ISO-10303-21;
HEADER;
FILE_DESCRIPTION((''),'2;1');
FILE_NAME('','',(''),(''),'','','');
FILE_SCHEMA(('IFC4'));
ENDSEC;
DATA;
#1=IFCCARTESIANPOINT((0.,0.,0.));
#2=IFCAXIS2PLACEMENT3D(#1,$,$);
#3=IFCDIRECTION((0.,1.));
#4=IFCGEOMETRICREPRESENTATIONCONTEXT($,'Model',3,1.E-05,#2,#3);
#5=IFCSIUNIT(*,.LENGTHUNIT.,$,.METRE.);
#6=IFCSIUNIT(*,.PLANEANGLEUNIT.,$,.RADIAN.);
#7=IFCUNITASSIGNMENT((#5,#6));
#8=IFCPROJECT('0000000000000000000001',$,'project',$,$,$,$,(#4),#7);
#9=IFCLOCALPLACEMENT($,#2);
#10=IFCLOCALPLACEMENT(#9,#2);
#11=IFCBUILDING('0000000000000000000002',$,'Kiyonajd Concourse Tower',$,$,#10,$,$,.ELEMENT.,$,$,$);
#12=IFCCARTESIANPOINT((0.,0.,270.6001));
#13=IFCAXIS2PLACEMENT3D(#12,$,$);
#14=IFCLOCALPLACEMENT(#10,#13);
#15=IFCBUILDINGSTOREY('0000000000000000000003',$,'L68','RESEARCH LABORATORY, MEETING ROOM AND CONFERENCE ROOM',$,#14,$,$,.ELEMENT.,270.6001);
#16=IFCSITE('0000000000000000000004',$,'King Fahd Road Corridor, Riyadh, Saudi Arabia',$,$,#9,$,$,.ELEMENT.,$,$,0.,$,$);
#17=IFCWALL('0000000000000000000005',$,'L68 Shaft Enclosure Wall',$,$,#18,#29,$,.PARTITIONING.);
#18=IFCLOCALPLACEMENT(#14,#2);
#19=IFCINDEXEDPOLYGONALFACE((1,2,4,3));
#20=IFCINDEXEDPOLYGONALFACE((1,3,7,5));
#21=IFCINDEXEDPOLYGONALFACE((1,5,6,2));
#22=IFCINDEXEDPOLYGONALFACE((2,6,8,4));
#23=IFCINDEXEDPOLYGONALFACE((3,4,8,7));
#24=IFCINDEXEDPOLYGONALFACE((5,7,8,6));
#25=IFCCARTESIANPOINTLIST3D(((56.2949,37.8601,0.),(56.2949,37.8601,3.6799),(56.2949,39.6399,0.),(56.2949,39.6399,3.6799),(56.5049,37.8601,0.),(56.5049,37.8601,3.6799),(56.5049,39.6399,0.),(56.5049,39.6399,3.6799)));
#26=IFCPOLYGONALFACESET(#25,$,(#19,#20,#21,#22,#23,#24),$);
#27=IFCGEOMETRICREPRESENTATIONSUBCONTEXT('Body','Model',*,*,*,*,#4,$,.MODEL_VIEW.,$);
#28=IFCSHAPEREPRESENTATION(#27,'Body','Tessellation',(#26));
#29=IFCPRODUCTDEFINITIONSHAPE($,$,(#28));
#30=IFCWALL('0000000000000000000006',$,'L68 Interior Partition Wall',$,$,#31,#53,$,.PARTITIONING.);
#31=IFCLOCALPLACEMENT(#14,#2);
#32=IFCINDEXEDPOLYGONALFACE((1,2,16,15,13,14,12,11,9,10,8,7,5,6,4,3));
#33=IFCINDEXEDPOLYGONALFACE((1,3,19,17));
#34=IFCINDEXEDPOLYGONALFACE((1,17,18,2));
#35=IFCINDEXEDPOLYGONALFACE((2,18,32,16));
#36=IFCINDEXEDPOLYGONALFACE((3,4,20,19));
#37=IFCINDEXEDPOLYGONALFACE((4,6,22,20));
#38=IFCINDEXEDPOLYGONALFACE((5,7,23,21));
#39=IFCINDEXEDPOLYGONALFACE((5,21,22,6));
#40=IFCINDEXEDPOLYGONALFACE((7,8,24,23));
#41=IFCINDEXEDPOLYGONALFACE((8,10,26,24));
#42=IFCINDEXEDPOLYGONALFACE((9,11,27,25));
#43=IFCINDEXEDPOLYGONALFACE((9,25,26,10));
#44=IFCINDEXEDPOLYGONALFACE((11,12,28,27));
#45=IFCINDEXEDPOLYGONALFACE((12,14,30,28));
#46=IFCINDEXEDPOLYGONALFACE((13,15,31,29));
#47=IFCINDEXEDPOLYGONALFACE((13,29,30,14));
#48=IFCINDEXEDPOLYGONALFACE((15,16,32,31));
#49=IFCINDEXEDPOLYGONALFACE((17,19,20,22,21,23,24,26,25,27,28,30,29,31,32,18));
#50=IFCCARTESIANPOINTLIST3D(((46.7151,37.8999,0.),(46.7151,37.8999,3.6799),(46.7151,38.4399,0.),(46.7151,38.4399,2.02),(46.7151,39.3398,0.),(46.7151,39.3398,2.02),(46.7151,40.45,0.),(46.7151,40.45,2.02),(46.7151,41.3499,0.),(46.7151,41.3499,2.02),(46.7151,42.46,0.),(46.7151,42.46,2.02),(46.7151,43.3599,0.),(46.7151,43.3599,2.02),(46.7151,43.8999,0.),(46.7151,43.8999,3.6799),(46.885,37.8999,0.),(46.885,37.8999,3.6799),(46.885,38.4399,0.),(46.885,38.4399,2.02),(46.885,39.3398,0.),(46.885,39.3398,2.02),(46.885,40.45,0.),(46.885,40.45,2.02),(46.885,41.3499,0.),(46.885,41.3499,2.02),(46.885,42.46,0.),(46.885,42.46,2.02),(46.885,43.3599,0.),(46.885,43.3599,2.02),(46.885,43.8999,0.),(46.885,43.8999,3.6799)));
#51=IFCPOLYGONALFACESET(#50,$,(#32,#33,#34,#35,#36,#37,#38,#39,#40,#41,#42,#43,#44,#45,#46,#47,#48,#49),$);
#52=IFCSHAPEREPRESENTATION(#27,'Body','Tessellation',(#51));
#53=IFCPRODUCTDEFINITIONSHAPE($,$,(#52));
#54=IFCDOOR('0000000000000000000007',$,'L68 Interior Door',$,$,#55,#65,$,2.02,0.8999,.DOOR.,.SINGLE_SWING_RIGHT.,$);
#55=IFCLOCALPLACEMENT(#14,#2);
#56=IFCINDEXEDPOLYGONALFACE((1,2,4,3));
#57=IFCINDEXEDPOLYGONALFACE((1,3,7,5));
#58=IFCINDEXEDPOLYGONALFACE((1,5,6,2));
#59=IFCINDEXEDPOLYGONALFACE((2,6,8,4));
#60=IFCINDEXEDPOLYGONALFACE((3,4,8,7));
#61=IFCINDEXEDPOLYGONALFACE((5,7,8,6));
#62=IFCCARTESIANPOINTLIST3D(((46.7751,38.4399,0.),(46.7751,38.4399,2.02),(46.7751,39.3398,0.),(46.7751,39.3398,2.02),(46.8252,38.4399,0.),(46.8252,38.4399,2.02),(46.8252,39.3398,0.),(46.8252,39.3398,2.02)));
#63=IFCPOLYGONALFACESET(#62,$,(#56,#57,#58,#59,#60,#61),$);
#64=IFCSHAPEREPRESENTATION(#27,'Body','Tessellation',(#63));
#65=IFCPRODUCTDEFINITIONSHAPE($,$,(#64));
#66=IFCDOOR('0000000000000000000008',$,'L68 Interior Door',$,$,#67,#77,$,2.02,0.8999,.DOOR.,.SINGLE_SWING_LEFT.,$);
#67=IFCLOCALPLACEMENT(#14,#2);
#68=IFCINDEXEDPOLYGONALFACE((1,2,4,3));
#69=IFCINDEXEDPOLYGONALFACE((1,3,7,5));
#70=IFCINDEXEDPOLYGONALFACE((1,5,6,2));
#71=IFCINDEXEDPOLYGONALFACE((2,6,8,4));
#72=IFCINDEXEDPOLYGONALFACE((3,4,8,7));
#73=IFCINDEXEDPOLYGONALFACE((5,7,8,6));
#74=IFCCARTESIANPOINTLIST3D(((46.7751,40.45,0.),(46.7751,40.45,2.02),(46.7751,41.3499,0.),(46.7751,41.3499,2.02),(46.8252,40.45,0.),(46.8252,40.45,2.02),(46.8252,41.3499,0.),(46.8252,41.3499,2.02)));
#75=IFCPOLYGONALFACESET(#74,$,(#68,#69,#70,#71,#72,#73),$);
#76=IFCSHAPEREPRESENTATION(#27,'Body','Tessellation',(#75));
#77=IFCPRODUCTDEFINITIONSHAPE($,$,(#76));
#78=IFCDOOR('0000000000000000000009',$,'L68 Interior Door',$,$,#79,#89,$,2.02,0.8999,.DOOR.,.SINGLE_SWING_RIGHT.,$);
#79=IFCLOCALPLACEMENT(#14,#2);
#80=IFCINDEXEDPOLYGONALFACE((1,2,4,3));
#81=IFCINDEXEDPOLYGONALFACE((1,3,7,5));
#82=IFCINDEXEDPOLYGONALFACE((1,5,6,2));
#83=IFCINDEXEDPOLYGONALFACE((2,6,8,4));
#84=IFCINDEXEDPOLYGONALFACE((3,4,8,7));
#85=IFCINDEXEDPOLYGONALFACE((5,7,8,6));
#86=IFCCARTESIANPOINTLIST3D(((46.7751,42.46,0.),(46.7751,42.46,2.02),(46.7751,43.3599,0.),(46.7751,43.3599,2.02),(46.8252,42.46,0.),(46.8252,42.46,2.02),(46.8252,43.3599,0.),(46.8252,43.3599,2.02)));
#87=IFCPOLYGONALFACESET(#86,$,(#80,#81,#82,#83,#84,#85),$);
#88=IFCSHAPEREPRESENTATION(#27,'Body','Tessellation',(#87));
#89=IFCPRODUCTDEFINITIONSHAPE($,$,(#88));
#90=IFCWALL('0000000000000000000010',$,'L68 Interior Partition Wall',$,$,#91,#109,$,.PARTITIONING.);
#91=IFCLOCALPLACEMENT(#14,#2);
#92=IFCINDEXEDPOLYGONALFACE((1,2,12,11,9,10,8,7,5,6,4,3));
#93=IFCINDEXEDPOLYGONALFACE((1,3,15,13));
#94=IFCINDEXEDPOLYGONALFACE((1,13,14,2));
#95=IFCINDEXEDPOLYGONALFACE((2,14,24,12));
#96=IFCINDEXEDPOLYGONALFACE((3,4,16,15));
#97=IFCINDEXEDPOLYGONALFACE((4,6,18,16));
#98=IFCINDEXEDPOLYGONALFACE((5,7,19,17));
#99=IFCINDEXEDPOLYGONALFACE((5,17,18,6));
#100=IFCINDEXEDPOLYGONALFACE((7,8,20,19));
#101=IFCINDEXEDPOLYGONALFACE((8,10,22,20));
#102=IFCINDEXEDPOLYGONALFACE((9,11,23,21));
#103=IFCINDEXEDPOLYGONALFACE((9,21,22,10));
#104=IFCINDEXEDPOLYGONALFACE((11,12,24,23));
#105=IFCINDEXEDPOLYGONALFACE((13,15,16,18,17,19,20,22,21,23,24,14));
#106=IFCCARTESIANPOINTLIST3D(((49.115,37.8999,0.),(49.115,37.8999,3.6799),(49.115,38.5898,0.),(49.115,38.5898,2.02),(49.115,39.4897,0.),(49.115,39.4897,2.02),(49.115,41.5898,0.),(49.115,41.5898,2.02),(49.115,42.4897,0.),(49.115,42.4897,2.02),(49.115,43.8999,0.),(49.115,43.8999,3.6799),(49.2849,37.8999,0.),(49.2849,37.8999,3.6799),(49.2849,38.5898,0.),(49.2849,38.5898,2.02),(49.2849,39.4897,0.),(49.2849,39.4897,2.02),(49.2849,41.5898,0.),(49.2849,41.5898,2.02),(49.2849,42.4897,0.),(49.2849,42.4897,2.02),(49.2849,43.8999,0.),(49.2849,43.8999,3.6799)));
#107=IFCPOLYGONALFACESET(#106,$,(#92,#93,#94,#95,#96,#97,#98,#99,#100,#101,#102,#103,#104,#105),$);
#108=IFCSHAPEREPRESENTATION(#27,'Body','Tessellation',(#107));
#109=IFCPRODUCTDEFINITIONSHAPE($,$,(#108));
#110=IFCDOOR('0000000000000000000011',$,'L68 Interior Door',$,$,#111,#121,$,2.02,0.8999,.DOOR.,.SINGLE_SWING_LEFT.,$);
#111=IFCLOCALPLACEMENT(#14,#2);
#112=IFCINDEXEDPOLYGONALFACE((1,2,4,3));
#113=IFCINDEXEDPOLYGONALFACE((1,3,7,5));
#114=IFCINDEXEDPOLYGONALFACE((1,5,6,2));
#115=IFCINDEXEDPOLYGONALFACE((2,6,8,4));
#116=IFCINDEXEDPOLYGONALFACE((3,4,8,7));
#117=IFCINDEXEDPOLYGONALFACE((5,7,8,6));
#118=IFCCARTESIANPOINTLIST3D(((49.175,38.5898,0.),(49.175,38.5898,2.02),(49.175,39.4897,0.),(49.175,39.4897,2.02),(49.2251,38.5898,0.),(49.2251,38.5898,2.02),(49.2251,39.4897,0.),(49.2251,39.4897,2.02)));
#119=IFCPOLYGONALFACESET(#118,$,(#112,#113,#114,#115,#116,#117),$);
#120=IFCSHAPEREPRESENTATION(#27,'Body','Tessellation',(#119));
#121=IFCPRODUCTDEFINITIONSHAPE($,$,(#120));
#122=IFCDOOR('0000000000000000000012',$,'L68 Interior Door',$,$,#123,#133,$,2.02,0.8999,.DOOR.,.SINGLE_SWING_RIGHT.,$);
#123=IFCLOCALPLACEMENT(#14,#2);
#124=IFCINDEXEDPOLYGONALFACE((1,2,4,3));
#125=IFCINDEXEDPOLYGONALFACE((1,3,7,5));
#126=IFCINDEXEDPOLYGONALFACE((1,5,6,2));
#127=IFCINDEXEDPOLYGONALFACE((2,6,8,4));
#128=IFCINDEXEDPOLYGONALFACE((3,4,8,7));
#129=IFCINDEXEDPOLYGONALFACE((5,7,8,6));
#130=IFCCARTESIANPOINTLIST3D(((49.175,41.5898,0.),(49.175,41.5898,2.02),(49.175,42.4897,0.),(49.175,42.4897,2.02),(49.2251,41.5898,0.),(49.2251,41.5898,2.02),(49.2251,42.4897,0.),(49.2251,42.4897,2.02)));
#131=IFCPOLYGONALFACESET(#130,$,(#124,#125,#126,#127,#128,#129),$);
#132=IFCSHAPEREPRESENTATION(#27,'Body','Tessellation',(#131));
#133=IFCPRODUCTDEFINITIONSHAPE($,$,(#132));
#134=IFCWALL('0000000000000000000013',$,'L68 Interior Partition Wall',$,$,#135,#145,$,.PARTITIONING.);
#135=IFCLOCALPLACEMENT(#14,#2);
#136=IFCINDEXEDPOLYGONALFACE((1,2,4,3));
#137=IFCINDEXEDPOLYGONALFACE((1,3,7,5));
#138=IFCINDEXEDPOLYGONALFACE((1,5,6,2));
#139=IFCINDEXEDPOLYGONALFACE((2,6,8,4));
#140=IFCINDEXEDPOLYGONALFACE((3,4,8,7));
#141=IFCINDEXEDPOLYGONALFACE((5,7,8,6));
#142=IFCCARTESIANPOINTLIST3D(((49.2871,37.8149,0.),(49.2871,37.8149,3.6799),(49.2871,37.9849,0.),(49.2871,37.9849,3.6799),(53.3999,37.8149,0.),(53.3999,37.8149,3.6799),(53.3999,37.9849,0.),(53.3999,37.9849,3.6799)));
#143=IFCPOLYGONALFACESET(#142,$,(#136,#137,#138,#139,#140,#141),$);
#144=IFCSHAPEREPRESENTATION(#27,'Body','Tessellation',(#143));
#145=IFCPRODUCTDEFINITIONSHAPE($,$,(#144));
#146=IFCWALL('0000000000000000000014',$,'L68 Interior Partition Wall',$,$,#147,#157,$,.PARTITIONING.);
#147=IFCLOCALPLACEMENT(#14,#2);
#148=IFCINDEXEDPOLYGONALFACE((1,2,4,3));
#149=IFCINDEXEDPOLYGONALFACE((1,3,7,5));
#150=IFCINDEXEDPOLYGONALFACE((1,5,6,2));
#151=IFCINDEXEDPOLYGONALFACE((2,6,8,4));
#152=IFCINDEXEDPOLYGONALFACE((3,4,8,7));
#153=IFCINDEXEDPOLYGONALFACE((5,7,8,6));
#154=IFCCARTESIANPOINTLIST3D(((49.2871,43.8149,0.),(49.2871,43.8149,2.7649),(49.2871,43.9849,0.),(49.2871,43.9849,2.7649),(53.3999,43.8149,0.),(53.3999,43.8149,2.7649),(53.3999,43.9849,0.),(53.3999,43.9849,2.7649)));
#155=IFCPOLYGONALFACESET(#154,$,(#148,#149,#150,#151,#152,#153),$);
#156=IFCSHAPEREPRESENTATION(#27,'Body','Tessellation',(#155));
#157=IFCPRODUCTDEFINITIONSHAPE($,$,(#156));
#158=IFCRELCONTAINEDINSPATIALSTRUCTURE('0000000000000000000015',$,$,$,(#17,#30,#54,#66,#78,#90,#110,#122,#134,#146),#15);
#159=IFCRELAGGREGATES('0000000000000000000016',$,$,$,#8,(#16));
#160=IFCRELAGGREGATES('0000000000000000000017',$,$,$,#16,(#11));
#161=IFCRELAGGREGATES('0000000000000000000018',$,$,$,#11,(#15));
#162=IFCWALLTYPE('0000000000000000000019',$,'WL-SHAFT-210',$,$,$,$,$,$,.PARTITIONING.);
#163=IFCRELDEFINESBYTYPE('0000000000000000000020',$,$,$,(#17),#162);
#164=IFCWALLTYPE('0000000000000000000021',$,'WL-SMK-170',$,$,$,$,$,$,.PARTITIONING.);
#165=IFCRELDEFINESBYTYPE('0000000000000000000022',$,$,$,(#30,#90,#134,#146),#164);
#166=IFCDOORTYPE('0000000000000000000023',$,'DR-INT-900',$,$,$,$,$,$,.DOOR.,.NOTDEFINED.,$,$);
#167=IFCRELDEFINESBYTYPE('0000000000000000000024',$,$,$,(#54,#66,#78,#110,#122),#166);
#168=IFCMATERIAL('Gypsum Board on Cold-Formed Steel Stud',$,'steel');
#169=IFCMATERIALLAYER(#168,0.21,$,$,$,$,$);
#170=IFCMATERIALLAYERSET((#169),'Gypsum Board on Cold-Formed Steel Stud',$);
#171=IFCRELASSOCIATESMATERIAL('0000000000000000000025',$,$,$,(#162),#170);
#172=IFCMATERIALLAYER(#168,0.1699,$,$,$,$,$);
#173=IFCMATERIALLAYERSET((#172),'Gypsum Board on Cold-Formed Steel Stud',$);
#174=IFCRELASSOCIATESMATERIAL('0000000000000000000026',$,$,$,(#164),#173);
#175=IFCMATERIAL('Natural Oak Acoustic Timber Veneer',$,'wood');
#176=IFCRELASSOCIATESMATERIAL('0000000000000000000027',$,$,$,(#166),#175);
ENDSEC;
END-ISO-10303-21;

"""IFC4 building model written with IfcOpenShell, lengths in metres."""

from ifc_helpers import new_model, si_unit, direction, frame, frame_2d, origin, place, context, subcontext, project, spatial, rectangle, extrude, material, layer, layer_set, type_object, element, fill, save


model = new_model("IFC4")

# Units and contexts
model_context = context("Model", 3, precision=1e-05, world=origin(), true_north=direction((0.0, 1.0)))
body_context = subcontext(model_context, "Body", "Model", "MODEL_VIEW")
ifc_project = project(units=[si_unit("LENGTHUNIT", "METRE"), si_unit("PLANEANGLEUNIT", "RADIAN")], contexts=[model_context])

# Site, building, storey
site_placement = place(None, origin())
site = spatial("IfcSite", under=ifc_project, at=site_placement, Name="King Fahd Road Corridor, Riyadh, Saudi Arabia", CompositionType="ELEMENT", RefElevation=0.0)
building_placement = place(site_placement, origin())
building = spatial("IfcBuilding", under=site, at=building_placement, Name="Kiyonajd Concourse Tower", CompositionType="ELEMENT")
storey_placement = place(building_placement, frame((0.0, 0.0, 270.6001)))
storey = spatial("IfcBuildingStorey", under=building, at=storey_placement, Name="L68", Description="RESEARCH LABORATORY, MEETING ROOM AND CONFERENCE ROOM", CompositionType="ELEMENT", Elevation=270.6001)

# Wall
ifc_material_1 = material(Name="Gypsum Board on Cold-Formed Steel Stud", Category="steel")
ifc_layer_1 = layer(ifc_material_1, 0.21)
ifc_layer_set_1 = layer_set([ifc_layer_1], Name="Gypsum Board on Cold-Formed Steel Stud")
wall_type_1 = type_object("IfcWallType", Name="WL-SHAFT-210", PredefinedType="PARTITIONING", material=ifc_layer_set_1)
wall_1_placement = place(storey_placement, frame((56.3999, 37.8601, 0.0), z_axis=(0.0, 0.0, 1.0), x_axis=(0.0, 1.0, 0.0)))
element("IfcWall", 1, at=wall_1_placement, inside=storey, type_object=wall_type_1, Name="L68 Shaft Enclosure Wall", PredefinedType="PARTITIONING", context=body_context, shape_type="SweptSolid", body=[
    extrude(rectangle(XDim=1.7798, YDim=0.21, at=frame_2d((0.8899, 0.0))), origin(), (0.0, 0.0, 1.0), 3.6799),
])

# Walls, openings, doors
ifc_layer_2 = layer(ifc_material_1, 0.1699)
ifc_layer_set_2 = layer_set([ifc_layer_2], Name="Gypsum Board on Cold-Formed Steel Stud")
wall_type_2 = type_object("IfcWallType", Name="WL-SMK-170", PredefinedType="PARTITIONING", material=ifc_layer_set_2)
wall_2_placement = place(storey_placement, frame((46.8, 37.8999, 0.0), z_axis=(0.0, 0.0, 1.0), x_axis=(0.0, 1.0, 0.0)))
wall_2 = element("IfcWall", 2, at=wall_2_placement, inside=storey, type_object=wall_type_2, Name="L68 Interior Partition Wall", PredefinedType="PARTITIONING", context=body_context, shape_type="SweptSolid", body=[
    extrude(rectangle(XDim=6.0, YDim=0.1699, at=frame_2d((3.0, 0.0))), origin(), (0.0, 0.0, 1.0), 3.6799),
])
opening_1_placement = place(wall_2_placement, frame((0.54, 0.0, 0.0)))
opening_1 = element("IfcOpeningElement", 3, at=opening_1_placement, cuts=wall_2, PredefinedType="OPENING", context=body_context, shape_type="SweptSolid", body=[
    extrude(rectangle(XDim=0.8999, YDim=2.02, at=frame_2d((0.45, 1.01))), frame((0.0, 0.095, 0.0), z_axis=(0.0, -1.0, 0.0), x_axis=(1.0, 0.0, 0.0)), (0.0, 0.0, 1.0), 0.1899),
])
opening_2_placement = place(wall_2_placement, frame((2.55, 0.0, 0.0)))
opening_2 = element("IfcOpeningElement", 4, at=opening_2_placement, cuts=wall_2, PredefinedType="OPENING", context=body_context, shape_type="SweptSolid", body=[
    extrude(rectangle(XDim=0.8999, YDim=2.02, at=frame_2d((0.45, 1.01))), frame((0.0, 0.095, 0.0), z_axis=(0.0, -1.0, 0.0), x_axis=(1.0, 0.0, 0.0)), (0.0, 0.0, 1.0), 0.1899),
])
opening_3_placement = place(wall_2_placement, frame((4.5601, 0.0, 0.0)))
opening_3 = element("IfcOpeningElement", 5, at=opening_3_placement, cuts=wall_2, PredefinedType="OPENING", context=body_context, shape_type="SweptSolid", body=[
    extrude(rectangle(XDim=0.8999, YDim=2.02, at=frame_2d((0.45, 1.01))), frame((0.0, 0.095, 0.0), z_axis=(0.0, -1.0, 0.0), x_axis=(1.0, 0.0, 0.0)), (0.0, 0.0, 1.0), 0.1899),
])
ifc_material_2 = material(Name="Natural Oak Acoustic Timber Veneer", Category="wood")
door_type_1 = type_object("IfcDoorType", Name="DR-INT-900", OperationType="NOTDEFINED", PredefinedType="DOOR", material=ifc_material_2)
door_1_placement = place(opening_1_placement, origin())
door_1 = element("IfcDoor", 6, at=door_1_placement, inside=storey, type_object=door_type_1, Name="L68 Interior Door", OperationType="SINGLE_SWING_RIGHT", OverallHeight=2.02, OverallWidth=0.8999, PredefinedType="DOOR", context=body_context, shape_type="SweptSolid", body=[
    extrude(rectangle(XDim=0.8999, YDim=2.02, at=frame_2d((0.45, 1.01))), frame((0.0, 0.0249, 0.0), z_axis=(0.0, -1.0, 0.0), x_axis=(1.0, 0.0, 0.0)), (0.0, 0.0, 1.0), 0.05),
])
fill(opening_1, door_1)
door_2_placement = place(opening_2_placement, origin())
door_2 = element("IfcDoor", 7, at=door_2_placement, inside=storey, type_object=door_type_1, Name="L68 Interior Door", OperationType="SINGLE_SWING_LEFT", OverallHeight=2.02, OverallWidth=0.8999, PredefinedType="DOOR", context=body_context, shape_type="SweptSolid", body=[
    extrude(rectangle(XDim=0.8999, YDim=2.02, at=frame_2d((0.45, 1.01))), frame((0.0, 0.0249, 0.0), z_axis=(0.0, -1.0, 0.0), x_axis=(1.0, 0.0, 0.0)), (0.0, 0.0, 1.0), 0.05),
])
fill(opening_2, door_2)
door_3_placement = place(opening_3_placement, origin())
door_3 = element("IfcDoor", 8, at=door_3_placement, inside=storey, type_object=door_type_1, Name="L68 Interior Door", OperationType="SINGLE_SWING_RIGHT", OverallHeight=2.02, OverallWidth=0.8999, PredefinedType="DOOR", context=body_context, shape_type="SweptSolid", body=[
    extrude(rectangle(XDim=0.8999, YDim=2.02, at=frame_2d((0.45, 1.01))), frame((0.0, 0.0249, 0.0), z_axis=(0.0, -1.0, 0.0), x_axis=(1.0, 0.0, 0.0)), (0.0, 0.0, 1.0), 0.05),
])
fill(opening_3, door_3)
wall_3_placement = place(storey_placement, frame((49.2, 37.8999, 0.0), z_axis=(0.0, 0.0, 1.0), x_axis=(0.0, 1.0, 0.0)))
wall_3 = element("IfcWall", 9, at=wall_3_placement, inside=storey, type_object=wall_type_2, Name="L68 Interior Partition Wall", PredefinedType="PARTITIONING", context=body_context, shape_type="SweptSolid", body=[
    extrude(rectangle(XDim=6.0, YDim=0.1699, at=frame_2d((3.0, 0.0))), origin(), (0.0, 0.0, 1.0), 3.6799),
])
opening_4_placement = place(wall_3_placement, frame((0.6899, 0.0, 0.0)))
opening_4 = element("IfcOpeningElement", 10, at=opening_4_placement, cuts=wall_3, PredefinedType="OPENING", context=body_context, shape_type="SweptSolid", body=[
    extrude(rectangle(XDim=0.8999, YDim=2.02, at=frame_2d((0.45, 1.01))), frame((0.0, 0.095, 0.0), z_axis=(0.0, -1.0, 0.0), x_axis=(1.0, 0.0, 0.0)), (0.0, 0.0, 1.0), 0.1899),
])
opening_5_placement = place(wall_3_placement, frame((3.6899, 0.0, 0.0)))
opening_5 = element("IfcOpeningElement", 11, at=opening_5_placement, cuts=wall_3, PredefinedType="OPENING", context=body_context, shape_type="SweptSolid", body=[
    extrude(rectangle(XDim=0.8999, YDim=2.02, at=frame_2d((0.45, 1.01))), frame((0.0, 0.095, 0.0), z_axis=(0.0, -1.0, 0.0), x_axis=(1.0, 0.0, 0.0)), (0.0, 0.0, 1.0), 0.1899),
])
door_4_placement = place(opening_4_placement, origin())
door_4 = element("IfcDoor", 12, at=door_4_placement, inside=storey, type_object=door_type_1, Name="L68 Interior Door", OperationType="SINGLE_SWING_LEFT", OverallHeight=2.02, OverallWidth=0.8999, PredefinedType="DOOR", context=body_context, shape_type="SweptSolid", body=[
    extrude(rectangle(XDim=0.8999, YDim=2.02, at=frame_2d((0.45, 1.01))), frame((0.0, 0.0249, 0.0), z_axis=(0.0, -1.0, 0.0), x_axis=(1.0, 0.0, 0.0)), (0.0, 0.0, 1.0), 0.05),
])
fill(opening_4, door_4)
door_5_placement = place(opening_5_placement, origin())
door_5 = element("IfcDoor", 13, at=door_5_placement, inside=storey, type_object=door_type_1, Name="L68 Interior Door", OperationType="SINGLE_SWING_RIGHT", OverallHeight=2.02, OverallWidth=0.8999, PredefinedType="DOOR", context=body_context, shape_type="SweptSolid", body=[
    extrude(rectangle(XDim=0.8999, YDim=2.02, at=frame_2d((0.45, 1.01))), frame((0.0, 0.0249, 0.0), z_axis=(0.0, -1.0, 0.0), x_axis=(1.0, 0.0, 0.0)), (0.0, 0.0, 1.0), 0.05),
])
fill(opening_5, door_5)

# Walls
wall_4_placement = place(storey_placement, frame((49.2871, 37.8999, 0.0), z_axis=(0.0, 0.0, 1.0), x_axis=(1.0, 0.0, 0.0)))
element("IfcWall", 14, at=wall_4_placement, inside=storey, type_object=wall_type_2, Name="L68 Interior Partition Wall", PredefinedType="PARTITIONING", context=body_context, shape_type="SweptSolid", body=[
    extrude(rectangle(XDim=4.1128, YDim=0.1699, at=frame_2d((2.0564, 0.0))), origin(), (0.0, 0.0, 1.0), 3.6799),
])
wall_5_placement = place(storey_placement, frame((49.2871, 43.8999, 0.0), z_axis=(0.0, 0.0, 1.0), x_axis=(1.0, 0.0, 0.0)))
element("IfcWall", 15, at=wall_5_placement, inside=storey, type_object=wall_type_2, Name="L68 Interior Partition Wall", PredefinedType="PARTITIONING", context=body_context, shape_type="SweptSolid", body=[
    extrude(rectangle(XDim=4.1128, YDim=0.1699, at=frame_2d((2.0564, 0.0))), origin(), (0.0, 0.0, 1.0), 2.7649),
])

save(model, "model.ifc")
